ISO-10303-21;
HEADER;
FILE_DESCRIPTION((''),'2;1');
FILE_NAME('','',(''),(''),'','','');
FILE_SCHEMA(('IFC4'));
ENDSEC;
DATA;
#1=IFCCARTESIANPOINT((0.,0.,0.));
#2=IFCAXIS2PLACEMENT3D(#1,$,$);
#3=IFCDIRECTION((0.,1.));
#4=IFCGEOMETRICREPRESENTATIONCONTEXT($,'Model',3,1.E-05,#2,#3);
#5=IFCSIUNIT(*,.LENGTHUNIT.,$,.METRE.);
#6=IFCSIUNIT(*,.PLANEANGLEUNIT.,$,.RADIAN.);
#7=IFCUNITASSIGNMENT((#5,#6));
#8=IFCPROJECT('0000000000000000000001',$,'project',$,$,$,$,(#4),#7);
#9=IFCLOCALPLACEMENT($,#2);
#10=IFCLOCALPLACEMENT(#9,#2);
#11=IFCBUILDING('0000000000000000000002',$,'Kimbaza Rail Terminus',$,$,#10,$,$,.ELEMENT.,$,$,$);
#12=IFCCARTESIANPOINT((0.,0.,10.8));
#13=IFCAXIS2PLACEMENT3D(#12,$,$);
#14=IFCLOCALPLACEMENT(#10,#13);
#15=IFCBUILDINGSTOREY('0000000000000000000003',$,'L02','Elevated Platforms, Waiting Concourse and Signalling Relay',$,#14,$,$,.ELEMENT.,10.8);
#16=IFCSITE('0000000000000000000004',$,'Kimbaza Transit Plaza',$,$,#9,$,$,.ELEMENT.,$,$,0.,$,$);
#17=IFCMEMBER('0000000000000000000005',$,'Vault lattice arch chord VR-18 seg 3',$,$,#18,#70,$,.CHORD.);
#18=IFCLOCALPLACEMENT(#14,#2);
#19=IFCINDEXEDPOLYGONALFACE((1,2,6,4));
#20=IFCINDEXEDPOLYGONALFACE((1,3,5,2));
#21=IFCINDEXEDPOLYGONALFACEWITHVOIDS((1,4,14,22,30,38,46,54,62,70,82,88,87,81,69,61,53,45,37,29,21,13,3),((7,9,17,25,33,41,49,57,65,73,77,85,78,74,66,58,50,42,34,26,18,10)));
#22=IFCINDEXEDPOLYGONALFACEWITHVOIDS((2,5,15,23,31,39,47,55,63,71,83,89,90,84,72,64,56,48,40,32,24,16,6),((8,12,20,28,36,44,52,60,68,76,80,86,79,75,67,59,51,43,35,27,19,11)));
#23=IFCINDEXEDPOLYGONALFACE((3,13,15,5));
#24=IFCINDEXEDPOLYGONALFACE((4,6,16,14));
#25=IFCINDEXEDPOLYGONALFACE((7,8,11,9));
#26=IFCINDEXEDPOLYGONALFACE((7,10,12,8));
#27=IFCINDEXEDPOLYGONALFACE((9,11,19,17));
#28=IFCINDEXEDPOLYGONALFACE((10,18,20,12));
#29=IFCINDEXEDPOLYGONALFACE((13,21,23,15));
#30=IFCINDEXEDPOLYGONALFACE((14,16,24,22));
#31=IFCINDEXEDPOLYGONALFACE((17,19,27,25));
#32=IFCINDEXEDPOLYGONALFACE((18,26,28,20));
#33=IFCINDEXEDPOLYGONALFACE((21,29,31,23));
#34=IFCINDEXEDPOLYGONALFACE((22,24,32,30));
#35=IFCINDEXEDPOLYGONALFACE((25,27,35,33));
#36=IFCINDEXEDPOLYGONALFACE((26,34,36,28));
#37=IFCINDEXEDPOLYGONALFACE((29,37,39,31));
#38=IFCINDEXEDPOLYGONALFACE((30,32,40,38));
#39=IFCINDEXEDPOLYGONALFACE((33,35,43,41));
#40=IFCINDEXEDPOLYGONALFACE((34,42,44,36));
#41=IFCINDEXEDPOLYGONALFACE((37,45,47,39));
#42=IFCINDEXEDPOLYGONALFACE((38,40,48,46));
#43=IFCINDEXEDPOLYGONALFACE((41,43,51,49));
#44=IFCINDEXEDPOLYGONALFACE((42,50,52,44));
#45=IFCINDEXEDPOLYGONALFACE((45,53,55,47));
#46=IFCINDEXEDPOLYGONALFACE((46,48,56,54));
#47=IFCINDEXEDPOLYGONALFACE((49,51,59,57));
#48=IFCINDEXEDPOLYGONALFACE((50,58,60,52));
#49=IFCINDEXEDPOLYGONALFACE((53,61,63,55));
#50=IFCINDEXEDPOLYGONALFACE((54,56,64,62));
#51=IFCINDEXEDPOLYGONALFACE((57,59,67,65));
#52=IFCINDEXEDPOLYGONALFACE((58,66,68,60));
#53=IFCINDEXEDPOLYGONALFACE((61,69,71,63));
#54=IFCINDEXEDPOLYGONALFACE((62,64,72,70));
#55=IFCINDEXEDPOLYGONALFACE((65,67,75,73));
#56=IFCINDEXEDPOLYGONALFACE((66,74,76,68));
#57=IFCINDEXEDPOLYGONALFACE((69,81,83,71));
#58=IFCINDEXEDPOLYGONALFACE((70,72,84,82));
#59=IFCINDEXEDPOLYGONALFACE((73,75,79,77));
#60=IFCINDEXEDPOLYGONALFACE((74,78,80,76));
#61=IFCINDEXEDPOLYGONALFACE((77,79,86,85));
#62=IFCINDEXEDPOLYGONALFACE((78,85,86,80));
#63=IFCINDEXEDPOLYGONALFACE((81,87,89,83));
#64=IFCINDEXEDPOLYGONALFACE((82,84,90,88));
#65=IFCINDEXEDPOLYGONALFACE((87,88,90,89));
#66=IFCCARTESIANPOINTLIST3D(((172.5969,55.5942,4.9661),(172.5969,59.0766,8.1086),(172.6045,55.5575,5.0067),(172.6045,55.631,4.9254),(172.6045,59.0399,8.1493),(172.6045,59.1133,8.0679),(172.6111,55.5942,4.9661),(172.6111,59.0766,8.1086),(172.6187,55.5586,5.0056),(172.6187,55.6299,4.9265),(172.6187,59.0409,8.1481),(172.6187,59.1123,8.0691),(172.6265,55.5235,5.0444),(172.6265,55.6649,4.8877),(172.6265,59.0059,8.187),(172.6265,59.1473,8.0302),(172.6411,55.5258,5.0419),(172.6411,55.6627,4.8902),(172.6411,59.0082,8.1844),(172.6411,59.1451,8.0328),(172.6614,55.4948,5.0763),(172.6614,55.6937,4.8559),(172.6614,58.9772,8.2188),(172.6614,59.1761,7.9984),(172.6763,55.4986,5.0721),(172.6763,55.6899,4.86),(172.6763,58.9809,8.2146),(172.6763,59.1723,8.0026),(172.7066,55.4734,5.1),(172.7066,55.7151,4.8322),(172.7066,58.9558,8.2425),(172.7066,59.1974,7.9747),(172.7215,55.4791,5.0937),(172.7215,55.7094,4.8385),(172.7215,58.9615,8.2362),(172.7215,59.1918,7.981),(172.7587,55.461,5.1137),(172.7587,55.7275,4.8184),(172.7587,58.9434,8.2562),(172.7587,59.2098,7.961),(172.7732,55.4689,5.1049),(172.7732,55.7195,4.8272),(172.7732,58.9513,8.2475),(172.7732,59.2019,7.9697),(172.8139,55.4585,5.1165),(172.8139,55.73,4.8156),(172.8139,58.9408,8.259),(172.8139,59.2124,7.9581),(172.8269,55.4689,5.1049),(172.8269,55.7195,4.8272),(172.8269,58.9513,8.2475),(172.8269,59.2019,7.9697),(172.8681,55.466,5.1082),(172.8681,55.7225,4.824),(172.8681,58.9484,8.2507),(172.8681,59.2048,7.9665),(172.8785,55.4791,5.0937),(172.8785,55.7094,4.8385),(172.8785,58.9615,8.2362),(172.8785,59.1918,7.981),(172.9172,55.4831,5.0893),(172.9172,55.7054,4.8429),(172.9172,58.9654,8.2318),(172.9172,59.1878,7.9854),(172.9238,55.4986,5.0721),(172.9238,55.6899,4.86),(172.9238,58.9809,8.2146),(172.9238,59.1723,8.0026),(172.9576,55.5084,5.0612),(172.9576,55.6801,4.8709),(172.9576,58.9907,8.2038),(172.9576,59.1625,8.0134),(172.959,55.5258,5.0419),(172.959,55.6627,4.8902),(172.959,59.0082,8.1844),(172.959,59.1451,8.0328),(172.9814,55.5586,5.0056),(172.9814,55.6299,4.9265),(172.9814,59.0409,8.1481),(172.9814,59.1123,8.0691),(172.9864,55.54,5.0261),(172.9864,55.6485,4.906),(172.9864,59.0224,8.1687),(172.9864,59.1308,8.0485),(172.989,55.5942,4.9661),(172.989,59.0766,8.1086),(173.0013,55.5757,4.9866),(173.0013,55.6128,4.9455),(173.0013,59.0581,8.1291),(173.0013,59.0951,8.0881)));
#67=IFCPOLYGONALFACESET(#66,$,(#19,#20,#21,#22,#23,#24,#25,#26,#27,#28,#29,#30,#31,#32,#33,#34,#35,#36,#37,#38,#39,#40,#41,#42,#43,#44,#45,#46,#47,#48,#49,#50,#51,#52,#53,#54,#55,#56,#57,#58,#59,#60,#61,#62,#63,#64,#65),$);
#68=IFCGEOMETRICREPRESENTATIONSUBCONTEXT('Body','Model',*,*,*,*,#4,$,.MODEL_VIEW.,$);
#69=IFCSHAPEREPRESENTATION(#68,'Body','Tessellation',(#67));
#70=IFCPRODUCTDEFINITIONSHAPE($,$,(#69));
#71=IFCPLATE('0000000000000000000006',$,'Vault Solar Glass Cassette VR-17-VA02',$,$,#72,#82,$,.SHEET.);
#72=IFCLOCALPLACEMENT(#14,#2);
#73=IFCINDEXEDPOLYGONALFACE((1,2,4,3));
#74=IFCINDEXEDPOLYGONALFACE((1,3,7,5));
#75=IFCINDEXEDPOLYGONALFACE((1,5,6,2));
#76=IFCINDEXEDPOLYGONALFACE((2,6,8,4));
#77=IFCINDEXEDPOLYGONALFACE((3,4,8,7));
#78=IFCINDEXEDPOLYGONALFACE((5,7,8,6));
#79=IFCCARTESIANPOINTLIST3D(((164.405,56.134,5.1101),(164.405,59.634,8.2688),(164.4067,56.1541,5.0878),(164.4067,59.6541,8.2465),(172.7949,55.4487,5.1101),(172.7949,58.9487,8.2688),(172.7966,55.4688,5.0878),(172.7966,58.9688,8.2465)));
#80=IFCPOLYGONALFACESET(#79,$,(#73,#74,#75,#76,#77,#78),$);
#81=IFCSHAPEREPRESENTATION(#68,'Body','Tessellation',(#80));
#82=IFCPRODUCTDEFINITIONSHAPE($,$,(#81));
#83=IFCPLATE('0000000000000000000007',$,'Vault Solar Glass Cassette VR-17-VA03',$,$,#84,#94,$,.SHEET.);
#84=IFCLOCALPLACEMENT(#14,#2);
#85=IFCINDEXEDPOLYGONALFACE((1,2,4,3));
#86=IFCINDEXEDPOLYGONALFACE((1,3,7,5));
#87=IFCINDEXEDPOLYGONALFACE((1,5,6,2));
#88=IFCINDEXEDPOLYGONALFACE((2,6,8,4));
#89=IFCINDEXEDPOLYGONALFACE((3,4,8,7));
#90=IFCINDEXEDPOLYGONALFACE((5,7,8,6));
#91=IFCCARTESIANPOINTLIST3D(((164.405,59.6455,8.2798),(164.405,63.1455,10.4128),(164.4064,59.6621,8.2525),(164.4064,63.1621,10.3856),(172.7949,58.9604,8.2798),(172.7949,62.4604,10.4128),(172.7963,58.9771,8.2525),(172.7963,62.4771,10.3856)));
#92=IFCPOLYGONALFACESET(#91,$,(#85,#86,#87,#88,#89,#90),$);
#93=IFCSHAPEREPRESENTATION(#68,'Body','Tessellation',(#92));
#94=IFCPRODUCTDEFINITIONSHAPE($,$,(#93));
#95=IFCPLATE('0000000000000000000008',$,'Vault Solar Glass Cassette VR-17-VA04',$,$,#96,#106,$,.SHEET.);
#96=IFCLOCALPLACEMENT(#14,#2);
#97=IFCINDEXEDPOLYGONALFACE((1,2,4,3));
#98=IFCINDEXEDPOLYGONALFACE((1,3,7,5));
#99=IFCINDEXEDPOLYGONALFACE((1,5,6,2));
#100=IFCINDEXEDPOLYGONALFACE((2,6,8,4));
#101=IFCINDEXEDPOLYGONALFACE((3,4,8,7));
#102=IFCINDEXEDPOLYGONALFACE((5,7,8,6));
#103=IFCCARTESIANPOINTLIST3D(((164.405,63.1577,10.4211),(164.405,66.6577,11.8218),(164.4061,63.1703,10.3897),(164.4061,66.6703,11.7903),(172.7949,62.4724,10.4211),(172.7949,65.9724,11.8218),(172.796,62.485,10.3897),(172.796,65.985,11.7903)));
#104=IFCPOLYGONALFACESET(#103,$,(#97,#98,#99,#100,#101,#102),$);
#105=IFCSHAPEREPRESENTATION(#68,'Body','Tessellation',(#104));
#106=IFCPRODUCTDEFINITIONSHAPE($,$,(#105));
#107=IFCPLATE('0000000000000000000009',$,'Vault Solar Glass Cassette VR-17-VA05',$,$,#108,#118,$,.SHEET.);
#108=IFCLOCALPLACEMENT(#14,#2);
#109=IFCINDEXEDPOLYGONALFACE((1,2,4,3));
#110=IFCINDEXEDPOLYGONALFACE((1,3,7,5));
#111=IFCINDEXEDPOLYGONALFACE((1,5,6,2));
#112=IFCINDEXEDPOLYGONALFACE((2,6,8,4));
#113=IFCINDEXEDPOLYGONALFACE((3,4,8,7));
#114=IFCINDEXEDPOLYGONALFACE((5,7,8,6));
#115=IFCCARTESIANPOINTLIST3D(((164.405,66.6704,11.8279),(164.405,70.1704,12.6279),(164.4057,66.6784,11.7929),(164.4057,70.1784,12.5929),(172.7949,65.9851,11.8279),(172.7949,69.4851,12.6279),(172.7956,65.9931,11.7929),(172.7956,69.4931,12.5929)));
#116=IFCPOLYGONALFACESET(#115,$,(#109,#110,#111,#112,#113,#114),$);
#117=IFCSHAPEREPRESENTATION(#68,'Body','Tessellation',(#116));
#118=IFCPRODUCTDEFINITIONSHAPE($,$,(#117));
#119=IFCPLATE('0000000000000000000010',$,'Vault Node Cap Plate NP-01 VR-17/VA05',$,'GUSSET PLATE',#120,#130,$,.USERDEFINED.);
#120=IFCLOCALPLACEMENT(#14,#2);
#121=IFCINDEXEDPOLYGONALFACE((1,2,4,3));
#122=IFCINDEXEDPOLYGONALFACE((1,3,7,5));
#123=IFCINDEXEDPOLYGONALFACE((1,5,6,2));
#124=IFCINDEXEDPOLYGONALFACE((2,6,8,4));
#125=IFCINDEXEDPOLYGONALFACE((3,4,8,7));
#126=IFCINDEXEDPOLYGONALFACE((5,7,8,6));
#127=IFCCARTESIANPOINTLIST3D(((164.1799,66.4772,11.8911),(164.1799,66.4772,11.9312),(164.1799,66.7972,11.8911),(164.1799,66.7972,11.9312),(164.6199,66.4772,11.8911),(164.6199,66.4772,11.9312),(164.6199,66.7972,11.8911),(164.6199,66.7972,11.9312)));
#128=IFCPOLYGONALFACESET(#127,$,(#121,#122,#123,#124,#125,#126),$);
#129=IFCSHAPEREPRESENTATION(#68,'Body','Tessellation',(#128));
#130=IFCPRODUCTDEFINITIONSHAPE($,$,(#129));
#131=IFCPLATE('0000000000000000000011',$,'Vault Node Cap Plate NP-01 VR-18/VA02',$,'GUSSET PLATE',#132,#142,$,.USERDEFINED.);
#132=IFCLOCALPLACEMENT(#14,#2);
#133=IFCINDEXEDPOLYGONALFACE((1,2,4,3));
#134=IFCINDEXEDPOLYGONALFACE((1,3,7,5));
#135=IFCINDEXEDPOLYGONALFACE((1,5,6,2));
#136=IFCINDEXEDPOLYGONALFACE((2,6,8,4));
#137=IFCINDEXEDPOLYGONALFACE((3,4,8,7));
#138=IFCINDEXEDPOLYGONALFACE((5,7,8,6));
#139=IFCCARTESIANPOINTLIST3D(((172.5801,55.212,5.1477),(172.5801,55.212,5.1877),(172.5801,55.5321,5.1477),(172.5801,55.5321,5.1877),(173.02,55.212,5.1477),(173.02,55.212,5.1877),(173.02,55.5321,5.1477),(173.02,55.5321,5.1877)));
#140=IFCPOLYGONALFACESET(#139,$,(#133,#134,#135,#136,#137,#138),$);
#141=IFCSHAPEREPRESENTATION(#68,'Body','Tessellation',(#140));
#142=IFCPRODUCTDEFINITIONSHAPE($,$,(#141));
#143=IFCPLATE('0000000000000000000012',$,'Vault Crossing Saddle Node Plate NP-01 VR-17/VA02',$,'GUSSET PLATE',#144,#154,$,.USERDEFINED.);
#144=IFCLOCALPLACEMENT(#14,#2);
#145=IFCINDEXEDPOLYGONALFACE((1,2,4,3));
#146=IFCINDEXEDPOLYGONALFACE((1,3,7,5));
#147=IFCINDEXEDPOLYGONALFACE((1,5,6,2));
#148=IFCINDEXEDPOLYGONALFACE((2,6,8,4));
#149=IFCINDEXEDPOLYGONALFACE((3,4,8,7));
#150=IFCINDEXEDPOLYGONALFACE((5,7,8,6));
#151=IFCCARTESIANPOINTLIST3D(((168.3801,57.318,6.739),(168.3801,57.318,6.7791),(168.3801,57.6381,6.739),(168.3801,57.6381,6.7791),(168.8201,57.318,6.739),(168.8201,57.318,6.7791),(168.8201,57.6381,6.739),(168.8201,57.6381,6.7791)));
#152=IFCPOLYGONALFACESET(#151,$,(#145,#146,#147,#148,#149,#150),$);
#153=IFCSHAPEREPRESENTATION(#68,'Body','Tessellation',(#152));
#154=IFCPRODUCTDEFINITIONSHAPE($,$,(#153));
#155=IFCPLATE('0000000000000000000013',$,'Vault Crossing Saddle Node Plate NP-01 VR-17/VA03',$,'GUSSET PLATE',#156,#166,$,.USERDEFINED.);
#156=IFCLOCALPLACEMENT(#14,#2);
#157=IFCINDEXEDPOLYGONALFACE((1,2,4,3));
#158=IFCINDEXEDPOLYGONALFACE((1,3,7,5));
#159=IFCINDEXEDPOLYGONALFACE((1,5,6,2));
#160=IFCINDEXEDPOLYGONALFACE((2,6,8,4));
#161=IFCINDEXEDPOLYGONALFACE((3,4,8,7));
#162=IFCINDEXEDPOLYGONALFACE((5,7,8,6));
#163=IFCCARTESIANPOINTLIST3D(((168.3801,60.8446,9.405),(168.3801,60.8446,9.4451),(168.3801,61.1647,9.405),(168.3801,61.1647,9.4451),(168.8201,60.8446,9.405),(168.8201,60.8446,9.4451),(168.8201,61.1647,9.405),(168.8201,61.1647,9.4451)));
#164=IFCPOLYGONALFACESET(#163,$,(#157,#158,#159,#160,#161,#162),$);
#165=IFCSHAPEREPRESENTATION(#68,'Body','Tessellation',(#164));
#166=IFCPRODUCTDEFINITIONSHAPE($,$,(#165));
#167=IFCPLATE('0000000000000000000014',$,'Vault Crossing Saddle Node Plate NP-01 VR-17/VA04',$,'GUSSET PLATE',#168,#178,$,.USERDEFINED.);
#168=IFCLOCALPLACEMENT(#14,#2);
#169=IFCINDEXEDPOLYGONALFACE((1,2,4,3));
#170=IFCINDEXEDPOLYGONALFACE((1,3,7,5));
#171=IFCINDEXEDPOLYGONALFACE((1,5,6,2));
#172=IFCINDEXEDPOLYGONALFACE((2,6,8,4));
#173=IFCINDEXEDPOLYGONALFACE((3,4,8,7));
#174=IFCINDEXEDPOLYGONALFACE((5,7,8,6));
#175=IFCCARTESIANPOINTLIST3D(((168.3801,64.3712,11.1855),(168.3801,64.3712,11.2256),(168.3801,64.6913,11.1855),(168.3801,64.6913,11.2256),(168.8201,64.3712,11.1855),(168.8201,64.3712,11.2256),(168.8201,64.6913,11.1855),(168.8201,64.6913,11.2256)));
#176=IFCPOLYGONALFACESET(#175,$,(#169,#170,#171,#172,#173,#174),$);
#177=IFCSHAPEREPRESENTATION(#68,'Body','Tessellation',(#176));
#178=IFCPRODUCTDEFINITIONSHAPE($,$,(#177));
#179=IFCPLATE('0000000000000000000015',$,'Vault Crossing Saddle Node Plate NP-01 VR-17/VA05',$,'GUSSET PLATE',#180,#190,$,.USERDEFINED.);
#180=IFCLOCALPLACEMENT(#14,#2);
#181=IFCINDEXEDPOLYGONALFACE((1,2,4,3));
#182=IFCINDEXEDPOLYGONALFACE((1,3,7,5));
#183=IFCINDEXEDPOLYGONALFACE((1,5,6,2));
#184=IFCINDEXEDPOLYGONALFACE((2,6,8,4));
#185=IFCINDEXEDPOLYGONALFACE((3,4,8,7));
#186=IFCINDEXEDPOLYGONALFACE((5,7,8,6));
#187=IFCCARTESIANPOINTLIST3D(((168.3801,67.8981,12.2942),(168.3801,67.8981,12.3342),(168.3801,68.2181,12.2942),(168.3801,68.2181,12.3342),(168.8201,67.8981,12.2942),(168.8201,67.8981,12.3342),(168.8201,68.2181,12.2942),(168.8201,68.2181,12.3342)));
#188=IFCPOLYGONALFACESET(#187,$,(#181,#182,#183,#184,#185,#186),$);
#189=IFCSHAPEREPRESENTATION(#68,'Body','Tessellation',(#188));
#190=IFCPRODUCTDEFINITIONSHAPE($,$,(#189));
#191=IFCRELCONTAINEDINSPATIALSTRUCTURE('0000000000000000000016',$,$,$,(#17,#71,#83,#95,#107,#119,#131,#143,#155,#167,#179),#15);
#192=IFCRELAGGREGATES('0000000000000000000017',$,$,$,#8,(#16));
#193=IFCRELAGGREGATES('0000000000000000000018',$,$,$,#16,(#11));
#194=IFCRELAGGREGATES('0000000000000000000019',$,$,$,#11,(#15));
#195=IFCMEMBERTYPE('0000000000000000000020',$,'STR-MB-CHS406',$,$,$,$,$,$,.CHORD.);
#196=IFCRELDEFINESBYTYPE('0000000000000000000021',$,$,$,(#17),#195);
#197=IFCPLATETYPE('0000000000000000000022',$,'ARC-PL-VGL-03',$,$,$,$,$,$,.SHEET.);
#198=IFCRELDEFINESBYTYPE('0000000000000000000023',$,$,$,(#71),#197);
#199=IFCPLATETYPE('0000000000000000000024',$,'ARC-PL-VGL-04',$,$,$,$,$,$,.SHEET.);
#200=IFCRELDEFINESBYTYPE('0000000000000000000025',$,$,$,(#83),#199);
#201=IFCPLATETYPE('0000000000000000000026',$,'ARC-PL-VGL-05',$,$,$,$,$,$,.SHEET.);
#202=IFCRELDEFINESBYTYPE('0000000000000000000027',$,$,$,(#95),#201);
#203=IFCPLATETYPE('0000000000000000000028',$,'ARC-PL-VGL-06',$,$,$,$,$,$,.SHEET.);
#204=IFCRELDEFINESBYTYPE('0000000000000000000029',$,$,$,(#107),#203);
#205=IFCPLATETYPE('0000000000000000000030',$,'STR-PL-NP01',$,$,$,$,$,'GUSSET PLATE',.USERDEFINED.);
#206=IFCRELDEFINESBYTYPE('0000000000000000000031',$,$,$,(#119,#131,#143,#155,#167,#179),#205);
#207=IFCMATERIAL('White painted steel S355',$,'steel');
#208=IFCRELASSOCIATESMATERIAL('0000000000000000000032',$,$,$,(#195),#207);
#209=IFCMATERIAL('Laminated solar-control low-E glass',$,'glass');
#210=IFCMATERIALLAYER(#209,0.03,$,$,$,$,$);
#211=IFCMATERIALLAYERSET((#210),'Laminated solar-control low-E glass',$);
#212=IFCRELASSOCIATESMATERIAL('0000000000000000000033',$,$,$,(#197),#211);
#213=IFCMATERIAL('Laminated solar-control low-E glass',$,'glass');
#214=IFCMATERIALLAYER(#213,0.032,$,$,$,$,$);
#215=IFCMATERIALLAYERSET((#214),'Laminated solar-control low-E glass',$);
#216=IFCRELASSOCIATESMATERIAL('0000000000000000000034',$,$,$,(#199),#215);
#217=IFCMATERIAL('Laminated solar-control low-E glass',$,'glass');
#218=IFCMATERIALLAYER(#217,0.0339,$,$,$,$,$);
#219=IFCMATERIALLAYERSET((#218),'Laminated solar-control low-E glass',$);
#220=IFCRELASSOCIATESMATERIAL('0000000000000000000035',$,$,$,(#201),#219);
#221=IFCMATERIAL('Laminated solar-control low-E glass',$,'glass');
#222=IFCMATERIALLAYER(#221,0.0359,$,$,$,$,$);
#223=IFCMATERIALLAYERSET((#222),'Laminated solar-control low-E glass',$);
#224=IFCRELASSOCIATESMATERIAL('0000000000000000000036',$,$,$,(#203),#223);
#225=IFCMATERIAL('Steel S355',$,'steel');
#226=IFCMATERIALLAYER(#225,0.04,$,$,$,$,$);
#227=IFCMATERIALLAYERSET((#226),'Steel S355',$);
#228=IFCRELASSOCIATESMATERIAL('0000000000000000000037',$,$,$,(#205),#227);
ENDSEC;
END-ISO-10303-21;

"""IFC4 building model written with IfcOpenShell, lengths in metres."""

from ifc_helpers import new_model, si_unit, direction, frame, origin, origin_2d, place, context, subcontext, project, spatial, polyline, rectangle, hollow_circle, outline, extrude, material, layer, layer_set, material_profile, profile_set, type_object, element, save


model = new_model("IFC4")

# Units and contexts
model_context = context("Model", 3, precision=1e-05, world=origin(), true_north=direction((0.0, 1.0)))
body_context = subcontext(model_context, "Body", "Model", "MODEL_VIEW")
ifc_project = project(units=[si_unit("LENGTHUNIT", "METRE"), si_unit("PLANEANGLEUNIT", "RADIAN")], contexts=[model_context])

# Site, building, storey
site_placement = place(None, origin())
site = spatial("IfcSite", under=ifc_project, at=site_placement, Name="Kimbaza Transit Plaza", CompositionType="ELEMENT", RefElevation=0.0)
building_placement = place(site_placement, origin())
building = spatial("IfcBuilding", under=site, at=building_placement, Name="Kimbaza Rail Terminus", CompositionType="ELEMENT")
storey_placement = place(building_placement, frame((0.0, 0.0, 10.8)))
storey = spatial("IfcBuildingStorey", under=building, at=storey_placement, Name="L02", Description="Elevated Platforms, Waiting Concourse and Signalling Relay", CompositionType="ELEMENT", Elevation=10.8)

# Member
ifc_material_1 = material(Name="White painted steel S355", Category="steel")
ifc_material_profile_1 = material_profile(ifc_material_1, hollow_circle(Radius=0.2031, WallThickness=0.0142, at=origin_2d()), Name="CHS 406.4x14.2")
ifc_profile_set_1 = profile_set([ifc_material_profile_1], Name="White painted steel S355")
member_type_1 = type_object("IfcMemberType", Name="STR-MB-CHS406", PredefinedType="CHORD", material=ifc_profile_set_1)
member_1_placement = place(storey_placement, frame((172.8, 55.5942, 4.9661), z_axis=(0.0, 0.742403, 0.669953), x_axis=(-1.0, 0.0, 0.0)))
element("IfcMember", 1, at=member_1_placement, inside=storey, type_object=member_type_1, Name="Vault lattice arch chord VR-18 seg 3", PredefinedType="CHORD", context=body_context, shape_type="SweptSolid", body=[
    extrude(hollow_circle(Radius=0.2031, WallThickness=0.0142, at=origin_2d()), origin(), (0.0, 0.0, 1.0), 4.6907),
])

# Plates
ifc_material_2 = material(Name="Laminated solar-control low-E glass", Category="glass")
ifc_layer_1 = layer(ifc_material_2, 0.03)
ifc_layer_set_1 = layer_set([ifc_layer_1], Name="Laminated solar-control low-E glass")
plate_type_1 = type_object("IfcPlateType", Name="ARC-PL-VGL-03", PredefinedType="SHEET", material=ifc_layer_set_1)
plate_1_placement = place(storey_placement, frame((164.405, 56.134, 5.1101), z_axis=(-0.054644, -0.668982, 0.741268), x_axis=(0.996681, -0.081411, 0.0)))
element("IfcPlate", 2, at=plate_1_placement, inside=storey, type_object=plate_type_1, Name="Vault Solar Glass Cassette VR-17-VA02", PredefinedType="SHEET", context=body_context, shape_type="SweptSolid", body=[
    extrude(outline(polyline([(0.0, 0.0), (8.4178, 0.0), (8.1329, 4.706), (-0.2849, 4.706), (0.0, 0.0)])), origin(), (0.0, 0.0, -1.0), 0.03),
])
ifc_material_3 = material(Name="Laminated solar-control low-E glass", Category="glass")
ifc_layer_2 = layer(ifc_material_3, 0.032)
ifc_layer_set_2 = layer_set([ifc_layer_2], Name="Laminated solar-control low-E glass")
plate_type_2 = type_object("IfcPlateType", Name="ARC-PL-VGL-04", PredefinedType="SHEET", material=ifc_layer_set_2)
plate_2_placement = place(storey_placement, frame((164.405, 59.6455, 8.2798), z_axis=(-0.042455, -0.519944, 0.853144), x_axis=(0.996683, -0.081382, 0.0)))
element("IfcPlate", 3, at=plate_2_placement, inside=storey, type_object=plate_type_2, Name="Vault Solar Glass Cassette VR-17-VA03", PredefinedType="SHEET", context=body_context, shape_type="SweptSolid", body=[
    extrude(outline(polyline([(0.0, 0.0), (8.4178, 0.0), (8.133, 4.0889), (-0.2848, 4.0889), (0.0, 0.0)])), origin(), (0.0, 0.0, -1.0), 0.032),
])
ifc_material_4 = material(Name="Laminated solar-control low-E glass", Category="glass")
ifc_layer_3 = layer(ifc_material_4, 0.0339)
ifc_layer_set_3 = layer_set([ifc_layer_3], Name="Laminated solar-control low-E glass")
plate_type_3 = type_object("IfcPlateType", Name="ARC-PL-VGL-05", PredefinedType="SHEET", material=ifc_layer_set_3)
plate_3_placement = place(storey_placement, frame((164.405, 63.1577, 10.4211), z_axis=(-0.030334, -0.371365, 0.927991), x_axis=(0.996681, -0.081411, 0.0)))
element("IfcPlate", 4, at=plate_3_placement, inside=storey, type_object=plate_type_3, Name="Vault Solar Glass Cassette VR-17-VA04", PredefinedType="SHEET", context=body_context, shape_type="SweptSolid", body=[
    extrude(outline(polyline([(0.0, 0.0), (8.4178, 0.0), (8.1329, 3.7591), (-0.2849, 3.7591), (0.0, 0.0)])), origin(), (0.0, 0.0, -1.0), 0.0339),
])
ifc_material_5 = material(Name="Laminated solar-control low-E glass", Category="glass")
ifc_layer_4 = layer(ifc_material_5, 0.0359)
ifc_layer_set_4 = layer_set([ifc_layer_4], Name="Laminated solar-control low-E glass")
plate_type_4 = type_object("IfcPlateType", Name="ARC-PL-VGL-06", PredefinedType="SHEET", material=ifc_layer_set_4)
plate_4_placement = place(storey_placement, frame((164.405, 66.6704, 11.8279), z_axis=(-0.018199, -0.222801, 0.974694), x_axis=(0.996681, -0.081411, 0.0)))
element("IfcPlate", 5, at=plate_4_placement, inside=storey, type_object=plate_type_4, Name="Vault Solar Glass Cassette VR-17-VA05", PredefinedType="SHEET", context=body_context, shape_type="SweptSolid", body=[
    extrude(outline(polyline([(0.0, 0.0), (8.4178, 0.0), (8.1329, 3.579), (-0.2849, 3.579), (0.0, 0.0)])), origin(), (0.0, 0.0, -1.0), 0.0359),
])
ifc_material_6 = material(Name="Steel S355", Category="steel")
ifc_layer_5 = layer(ifc_material_6, 0.04)
ifc_layer_set_5 = layer_set([ifc_layer_5], Name="Steel S355")
plate_type_5 = type_object("IfcPlateType", Name="STR-PL-NP01", ElementType="GUSSET PLATE", PredefinedType="USERDEFINED", material=ifc_layer_set_5)
for number, where, z_axis, x_axis, name in (
    (6, (164.3999, 66.6372, 11.8911), (0.0, 0.0, 1.0), (1.0, 0.0, 0.0), "Vault Node Cap Plate NP-01 VR-17/VA05"),
    (7, (172.8, 55.3721, 5.1477), (0.0, 0.0, 1.0), (1.0, 0.0, 0.0), "Vault Node Cap Plate NP-01 VR-18/VA02"),
    (8, (168.6001, 57.478, 6.739), (0.0, 0.0, 1.0), (1.0, 0.0, 0.0), "Vault Crossing Saddle Node Plate NP-01 VR-17/VA02"),
    (9, (168.6001, 61.0046, 9.405), (0.0, 0.0, 1.0), (1.0, 0.0, 0.0), "Vault Crossing Saddle Node Plate NP-01 VR-17/VA03"),
    (10, (168.6001, 64.5312, 11.1855), (0.0, 0.0, 1.0), (1.0, 0.0, 0.0), "Vault Crossing Saddle Node Plate NP-01 VR-17/VA04"),
    (11, (168.6001, 68.0581, 12.2942), (0.0, 0.0, 1.0), (1.0, 0.0, 0.0), "Vault Crossing Saddle Node Plate NP-01 VR-17/VA05"),
):
    element("IfcPlate", number, at=place(storey_placement, frame(where, z_axis=z_axis, x_axis=x_axis)), inside=storey, type_object=plate_type_5, Name=name, ObjectType="GUSSET PLATE", PredefinedType="USERDEFINED", context=body_context, shape_type="SweptSolid", body=[
        extrude(rectangle(XDim=0.4399, YDim=0.3201, at=origin_2d()), origin(), (0.0, 0.0, 1.0), 0.04),
    ])

save(model, "model.ifc")
